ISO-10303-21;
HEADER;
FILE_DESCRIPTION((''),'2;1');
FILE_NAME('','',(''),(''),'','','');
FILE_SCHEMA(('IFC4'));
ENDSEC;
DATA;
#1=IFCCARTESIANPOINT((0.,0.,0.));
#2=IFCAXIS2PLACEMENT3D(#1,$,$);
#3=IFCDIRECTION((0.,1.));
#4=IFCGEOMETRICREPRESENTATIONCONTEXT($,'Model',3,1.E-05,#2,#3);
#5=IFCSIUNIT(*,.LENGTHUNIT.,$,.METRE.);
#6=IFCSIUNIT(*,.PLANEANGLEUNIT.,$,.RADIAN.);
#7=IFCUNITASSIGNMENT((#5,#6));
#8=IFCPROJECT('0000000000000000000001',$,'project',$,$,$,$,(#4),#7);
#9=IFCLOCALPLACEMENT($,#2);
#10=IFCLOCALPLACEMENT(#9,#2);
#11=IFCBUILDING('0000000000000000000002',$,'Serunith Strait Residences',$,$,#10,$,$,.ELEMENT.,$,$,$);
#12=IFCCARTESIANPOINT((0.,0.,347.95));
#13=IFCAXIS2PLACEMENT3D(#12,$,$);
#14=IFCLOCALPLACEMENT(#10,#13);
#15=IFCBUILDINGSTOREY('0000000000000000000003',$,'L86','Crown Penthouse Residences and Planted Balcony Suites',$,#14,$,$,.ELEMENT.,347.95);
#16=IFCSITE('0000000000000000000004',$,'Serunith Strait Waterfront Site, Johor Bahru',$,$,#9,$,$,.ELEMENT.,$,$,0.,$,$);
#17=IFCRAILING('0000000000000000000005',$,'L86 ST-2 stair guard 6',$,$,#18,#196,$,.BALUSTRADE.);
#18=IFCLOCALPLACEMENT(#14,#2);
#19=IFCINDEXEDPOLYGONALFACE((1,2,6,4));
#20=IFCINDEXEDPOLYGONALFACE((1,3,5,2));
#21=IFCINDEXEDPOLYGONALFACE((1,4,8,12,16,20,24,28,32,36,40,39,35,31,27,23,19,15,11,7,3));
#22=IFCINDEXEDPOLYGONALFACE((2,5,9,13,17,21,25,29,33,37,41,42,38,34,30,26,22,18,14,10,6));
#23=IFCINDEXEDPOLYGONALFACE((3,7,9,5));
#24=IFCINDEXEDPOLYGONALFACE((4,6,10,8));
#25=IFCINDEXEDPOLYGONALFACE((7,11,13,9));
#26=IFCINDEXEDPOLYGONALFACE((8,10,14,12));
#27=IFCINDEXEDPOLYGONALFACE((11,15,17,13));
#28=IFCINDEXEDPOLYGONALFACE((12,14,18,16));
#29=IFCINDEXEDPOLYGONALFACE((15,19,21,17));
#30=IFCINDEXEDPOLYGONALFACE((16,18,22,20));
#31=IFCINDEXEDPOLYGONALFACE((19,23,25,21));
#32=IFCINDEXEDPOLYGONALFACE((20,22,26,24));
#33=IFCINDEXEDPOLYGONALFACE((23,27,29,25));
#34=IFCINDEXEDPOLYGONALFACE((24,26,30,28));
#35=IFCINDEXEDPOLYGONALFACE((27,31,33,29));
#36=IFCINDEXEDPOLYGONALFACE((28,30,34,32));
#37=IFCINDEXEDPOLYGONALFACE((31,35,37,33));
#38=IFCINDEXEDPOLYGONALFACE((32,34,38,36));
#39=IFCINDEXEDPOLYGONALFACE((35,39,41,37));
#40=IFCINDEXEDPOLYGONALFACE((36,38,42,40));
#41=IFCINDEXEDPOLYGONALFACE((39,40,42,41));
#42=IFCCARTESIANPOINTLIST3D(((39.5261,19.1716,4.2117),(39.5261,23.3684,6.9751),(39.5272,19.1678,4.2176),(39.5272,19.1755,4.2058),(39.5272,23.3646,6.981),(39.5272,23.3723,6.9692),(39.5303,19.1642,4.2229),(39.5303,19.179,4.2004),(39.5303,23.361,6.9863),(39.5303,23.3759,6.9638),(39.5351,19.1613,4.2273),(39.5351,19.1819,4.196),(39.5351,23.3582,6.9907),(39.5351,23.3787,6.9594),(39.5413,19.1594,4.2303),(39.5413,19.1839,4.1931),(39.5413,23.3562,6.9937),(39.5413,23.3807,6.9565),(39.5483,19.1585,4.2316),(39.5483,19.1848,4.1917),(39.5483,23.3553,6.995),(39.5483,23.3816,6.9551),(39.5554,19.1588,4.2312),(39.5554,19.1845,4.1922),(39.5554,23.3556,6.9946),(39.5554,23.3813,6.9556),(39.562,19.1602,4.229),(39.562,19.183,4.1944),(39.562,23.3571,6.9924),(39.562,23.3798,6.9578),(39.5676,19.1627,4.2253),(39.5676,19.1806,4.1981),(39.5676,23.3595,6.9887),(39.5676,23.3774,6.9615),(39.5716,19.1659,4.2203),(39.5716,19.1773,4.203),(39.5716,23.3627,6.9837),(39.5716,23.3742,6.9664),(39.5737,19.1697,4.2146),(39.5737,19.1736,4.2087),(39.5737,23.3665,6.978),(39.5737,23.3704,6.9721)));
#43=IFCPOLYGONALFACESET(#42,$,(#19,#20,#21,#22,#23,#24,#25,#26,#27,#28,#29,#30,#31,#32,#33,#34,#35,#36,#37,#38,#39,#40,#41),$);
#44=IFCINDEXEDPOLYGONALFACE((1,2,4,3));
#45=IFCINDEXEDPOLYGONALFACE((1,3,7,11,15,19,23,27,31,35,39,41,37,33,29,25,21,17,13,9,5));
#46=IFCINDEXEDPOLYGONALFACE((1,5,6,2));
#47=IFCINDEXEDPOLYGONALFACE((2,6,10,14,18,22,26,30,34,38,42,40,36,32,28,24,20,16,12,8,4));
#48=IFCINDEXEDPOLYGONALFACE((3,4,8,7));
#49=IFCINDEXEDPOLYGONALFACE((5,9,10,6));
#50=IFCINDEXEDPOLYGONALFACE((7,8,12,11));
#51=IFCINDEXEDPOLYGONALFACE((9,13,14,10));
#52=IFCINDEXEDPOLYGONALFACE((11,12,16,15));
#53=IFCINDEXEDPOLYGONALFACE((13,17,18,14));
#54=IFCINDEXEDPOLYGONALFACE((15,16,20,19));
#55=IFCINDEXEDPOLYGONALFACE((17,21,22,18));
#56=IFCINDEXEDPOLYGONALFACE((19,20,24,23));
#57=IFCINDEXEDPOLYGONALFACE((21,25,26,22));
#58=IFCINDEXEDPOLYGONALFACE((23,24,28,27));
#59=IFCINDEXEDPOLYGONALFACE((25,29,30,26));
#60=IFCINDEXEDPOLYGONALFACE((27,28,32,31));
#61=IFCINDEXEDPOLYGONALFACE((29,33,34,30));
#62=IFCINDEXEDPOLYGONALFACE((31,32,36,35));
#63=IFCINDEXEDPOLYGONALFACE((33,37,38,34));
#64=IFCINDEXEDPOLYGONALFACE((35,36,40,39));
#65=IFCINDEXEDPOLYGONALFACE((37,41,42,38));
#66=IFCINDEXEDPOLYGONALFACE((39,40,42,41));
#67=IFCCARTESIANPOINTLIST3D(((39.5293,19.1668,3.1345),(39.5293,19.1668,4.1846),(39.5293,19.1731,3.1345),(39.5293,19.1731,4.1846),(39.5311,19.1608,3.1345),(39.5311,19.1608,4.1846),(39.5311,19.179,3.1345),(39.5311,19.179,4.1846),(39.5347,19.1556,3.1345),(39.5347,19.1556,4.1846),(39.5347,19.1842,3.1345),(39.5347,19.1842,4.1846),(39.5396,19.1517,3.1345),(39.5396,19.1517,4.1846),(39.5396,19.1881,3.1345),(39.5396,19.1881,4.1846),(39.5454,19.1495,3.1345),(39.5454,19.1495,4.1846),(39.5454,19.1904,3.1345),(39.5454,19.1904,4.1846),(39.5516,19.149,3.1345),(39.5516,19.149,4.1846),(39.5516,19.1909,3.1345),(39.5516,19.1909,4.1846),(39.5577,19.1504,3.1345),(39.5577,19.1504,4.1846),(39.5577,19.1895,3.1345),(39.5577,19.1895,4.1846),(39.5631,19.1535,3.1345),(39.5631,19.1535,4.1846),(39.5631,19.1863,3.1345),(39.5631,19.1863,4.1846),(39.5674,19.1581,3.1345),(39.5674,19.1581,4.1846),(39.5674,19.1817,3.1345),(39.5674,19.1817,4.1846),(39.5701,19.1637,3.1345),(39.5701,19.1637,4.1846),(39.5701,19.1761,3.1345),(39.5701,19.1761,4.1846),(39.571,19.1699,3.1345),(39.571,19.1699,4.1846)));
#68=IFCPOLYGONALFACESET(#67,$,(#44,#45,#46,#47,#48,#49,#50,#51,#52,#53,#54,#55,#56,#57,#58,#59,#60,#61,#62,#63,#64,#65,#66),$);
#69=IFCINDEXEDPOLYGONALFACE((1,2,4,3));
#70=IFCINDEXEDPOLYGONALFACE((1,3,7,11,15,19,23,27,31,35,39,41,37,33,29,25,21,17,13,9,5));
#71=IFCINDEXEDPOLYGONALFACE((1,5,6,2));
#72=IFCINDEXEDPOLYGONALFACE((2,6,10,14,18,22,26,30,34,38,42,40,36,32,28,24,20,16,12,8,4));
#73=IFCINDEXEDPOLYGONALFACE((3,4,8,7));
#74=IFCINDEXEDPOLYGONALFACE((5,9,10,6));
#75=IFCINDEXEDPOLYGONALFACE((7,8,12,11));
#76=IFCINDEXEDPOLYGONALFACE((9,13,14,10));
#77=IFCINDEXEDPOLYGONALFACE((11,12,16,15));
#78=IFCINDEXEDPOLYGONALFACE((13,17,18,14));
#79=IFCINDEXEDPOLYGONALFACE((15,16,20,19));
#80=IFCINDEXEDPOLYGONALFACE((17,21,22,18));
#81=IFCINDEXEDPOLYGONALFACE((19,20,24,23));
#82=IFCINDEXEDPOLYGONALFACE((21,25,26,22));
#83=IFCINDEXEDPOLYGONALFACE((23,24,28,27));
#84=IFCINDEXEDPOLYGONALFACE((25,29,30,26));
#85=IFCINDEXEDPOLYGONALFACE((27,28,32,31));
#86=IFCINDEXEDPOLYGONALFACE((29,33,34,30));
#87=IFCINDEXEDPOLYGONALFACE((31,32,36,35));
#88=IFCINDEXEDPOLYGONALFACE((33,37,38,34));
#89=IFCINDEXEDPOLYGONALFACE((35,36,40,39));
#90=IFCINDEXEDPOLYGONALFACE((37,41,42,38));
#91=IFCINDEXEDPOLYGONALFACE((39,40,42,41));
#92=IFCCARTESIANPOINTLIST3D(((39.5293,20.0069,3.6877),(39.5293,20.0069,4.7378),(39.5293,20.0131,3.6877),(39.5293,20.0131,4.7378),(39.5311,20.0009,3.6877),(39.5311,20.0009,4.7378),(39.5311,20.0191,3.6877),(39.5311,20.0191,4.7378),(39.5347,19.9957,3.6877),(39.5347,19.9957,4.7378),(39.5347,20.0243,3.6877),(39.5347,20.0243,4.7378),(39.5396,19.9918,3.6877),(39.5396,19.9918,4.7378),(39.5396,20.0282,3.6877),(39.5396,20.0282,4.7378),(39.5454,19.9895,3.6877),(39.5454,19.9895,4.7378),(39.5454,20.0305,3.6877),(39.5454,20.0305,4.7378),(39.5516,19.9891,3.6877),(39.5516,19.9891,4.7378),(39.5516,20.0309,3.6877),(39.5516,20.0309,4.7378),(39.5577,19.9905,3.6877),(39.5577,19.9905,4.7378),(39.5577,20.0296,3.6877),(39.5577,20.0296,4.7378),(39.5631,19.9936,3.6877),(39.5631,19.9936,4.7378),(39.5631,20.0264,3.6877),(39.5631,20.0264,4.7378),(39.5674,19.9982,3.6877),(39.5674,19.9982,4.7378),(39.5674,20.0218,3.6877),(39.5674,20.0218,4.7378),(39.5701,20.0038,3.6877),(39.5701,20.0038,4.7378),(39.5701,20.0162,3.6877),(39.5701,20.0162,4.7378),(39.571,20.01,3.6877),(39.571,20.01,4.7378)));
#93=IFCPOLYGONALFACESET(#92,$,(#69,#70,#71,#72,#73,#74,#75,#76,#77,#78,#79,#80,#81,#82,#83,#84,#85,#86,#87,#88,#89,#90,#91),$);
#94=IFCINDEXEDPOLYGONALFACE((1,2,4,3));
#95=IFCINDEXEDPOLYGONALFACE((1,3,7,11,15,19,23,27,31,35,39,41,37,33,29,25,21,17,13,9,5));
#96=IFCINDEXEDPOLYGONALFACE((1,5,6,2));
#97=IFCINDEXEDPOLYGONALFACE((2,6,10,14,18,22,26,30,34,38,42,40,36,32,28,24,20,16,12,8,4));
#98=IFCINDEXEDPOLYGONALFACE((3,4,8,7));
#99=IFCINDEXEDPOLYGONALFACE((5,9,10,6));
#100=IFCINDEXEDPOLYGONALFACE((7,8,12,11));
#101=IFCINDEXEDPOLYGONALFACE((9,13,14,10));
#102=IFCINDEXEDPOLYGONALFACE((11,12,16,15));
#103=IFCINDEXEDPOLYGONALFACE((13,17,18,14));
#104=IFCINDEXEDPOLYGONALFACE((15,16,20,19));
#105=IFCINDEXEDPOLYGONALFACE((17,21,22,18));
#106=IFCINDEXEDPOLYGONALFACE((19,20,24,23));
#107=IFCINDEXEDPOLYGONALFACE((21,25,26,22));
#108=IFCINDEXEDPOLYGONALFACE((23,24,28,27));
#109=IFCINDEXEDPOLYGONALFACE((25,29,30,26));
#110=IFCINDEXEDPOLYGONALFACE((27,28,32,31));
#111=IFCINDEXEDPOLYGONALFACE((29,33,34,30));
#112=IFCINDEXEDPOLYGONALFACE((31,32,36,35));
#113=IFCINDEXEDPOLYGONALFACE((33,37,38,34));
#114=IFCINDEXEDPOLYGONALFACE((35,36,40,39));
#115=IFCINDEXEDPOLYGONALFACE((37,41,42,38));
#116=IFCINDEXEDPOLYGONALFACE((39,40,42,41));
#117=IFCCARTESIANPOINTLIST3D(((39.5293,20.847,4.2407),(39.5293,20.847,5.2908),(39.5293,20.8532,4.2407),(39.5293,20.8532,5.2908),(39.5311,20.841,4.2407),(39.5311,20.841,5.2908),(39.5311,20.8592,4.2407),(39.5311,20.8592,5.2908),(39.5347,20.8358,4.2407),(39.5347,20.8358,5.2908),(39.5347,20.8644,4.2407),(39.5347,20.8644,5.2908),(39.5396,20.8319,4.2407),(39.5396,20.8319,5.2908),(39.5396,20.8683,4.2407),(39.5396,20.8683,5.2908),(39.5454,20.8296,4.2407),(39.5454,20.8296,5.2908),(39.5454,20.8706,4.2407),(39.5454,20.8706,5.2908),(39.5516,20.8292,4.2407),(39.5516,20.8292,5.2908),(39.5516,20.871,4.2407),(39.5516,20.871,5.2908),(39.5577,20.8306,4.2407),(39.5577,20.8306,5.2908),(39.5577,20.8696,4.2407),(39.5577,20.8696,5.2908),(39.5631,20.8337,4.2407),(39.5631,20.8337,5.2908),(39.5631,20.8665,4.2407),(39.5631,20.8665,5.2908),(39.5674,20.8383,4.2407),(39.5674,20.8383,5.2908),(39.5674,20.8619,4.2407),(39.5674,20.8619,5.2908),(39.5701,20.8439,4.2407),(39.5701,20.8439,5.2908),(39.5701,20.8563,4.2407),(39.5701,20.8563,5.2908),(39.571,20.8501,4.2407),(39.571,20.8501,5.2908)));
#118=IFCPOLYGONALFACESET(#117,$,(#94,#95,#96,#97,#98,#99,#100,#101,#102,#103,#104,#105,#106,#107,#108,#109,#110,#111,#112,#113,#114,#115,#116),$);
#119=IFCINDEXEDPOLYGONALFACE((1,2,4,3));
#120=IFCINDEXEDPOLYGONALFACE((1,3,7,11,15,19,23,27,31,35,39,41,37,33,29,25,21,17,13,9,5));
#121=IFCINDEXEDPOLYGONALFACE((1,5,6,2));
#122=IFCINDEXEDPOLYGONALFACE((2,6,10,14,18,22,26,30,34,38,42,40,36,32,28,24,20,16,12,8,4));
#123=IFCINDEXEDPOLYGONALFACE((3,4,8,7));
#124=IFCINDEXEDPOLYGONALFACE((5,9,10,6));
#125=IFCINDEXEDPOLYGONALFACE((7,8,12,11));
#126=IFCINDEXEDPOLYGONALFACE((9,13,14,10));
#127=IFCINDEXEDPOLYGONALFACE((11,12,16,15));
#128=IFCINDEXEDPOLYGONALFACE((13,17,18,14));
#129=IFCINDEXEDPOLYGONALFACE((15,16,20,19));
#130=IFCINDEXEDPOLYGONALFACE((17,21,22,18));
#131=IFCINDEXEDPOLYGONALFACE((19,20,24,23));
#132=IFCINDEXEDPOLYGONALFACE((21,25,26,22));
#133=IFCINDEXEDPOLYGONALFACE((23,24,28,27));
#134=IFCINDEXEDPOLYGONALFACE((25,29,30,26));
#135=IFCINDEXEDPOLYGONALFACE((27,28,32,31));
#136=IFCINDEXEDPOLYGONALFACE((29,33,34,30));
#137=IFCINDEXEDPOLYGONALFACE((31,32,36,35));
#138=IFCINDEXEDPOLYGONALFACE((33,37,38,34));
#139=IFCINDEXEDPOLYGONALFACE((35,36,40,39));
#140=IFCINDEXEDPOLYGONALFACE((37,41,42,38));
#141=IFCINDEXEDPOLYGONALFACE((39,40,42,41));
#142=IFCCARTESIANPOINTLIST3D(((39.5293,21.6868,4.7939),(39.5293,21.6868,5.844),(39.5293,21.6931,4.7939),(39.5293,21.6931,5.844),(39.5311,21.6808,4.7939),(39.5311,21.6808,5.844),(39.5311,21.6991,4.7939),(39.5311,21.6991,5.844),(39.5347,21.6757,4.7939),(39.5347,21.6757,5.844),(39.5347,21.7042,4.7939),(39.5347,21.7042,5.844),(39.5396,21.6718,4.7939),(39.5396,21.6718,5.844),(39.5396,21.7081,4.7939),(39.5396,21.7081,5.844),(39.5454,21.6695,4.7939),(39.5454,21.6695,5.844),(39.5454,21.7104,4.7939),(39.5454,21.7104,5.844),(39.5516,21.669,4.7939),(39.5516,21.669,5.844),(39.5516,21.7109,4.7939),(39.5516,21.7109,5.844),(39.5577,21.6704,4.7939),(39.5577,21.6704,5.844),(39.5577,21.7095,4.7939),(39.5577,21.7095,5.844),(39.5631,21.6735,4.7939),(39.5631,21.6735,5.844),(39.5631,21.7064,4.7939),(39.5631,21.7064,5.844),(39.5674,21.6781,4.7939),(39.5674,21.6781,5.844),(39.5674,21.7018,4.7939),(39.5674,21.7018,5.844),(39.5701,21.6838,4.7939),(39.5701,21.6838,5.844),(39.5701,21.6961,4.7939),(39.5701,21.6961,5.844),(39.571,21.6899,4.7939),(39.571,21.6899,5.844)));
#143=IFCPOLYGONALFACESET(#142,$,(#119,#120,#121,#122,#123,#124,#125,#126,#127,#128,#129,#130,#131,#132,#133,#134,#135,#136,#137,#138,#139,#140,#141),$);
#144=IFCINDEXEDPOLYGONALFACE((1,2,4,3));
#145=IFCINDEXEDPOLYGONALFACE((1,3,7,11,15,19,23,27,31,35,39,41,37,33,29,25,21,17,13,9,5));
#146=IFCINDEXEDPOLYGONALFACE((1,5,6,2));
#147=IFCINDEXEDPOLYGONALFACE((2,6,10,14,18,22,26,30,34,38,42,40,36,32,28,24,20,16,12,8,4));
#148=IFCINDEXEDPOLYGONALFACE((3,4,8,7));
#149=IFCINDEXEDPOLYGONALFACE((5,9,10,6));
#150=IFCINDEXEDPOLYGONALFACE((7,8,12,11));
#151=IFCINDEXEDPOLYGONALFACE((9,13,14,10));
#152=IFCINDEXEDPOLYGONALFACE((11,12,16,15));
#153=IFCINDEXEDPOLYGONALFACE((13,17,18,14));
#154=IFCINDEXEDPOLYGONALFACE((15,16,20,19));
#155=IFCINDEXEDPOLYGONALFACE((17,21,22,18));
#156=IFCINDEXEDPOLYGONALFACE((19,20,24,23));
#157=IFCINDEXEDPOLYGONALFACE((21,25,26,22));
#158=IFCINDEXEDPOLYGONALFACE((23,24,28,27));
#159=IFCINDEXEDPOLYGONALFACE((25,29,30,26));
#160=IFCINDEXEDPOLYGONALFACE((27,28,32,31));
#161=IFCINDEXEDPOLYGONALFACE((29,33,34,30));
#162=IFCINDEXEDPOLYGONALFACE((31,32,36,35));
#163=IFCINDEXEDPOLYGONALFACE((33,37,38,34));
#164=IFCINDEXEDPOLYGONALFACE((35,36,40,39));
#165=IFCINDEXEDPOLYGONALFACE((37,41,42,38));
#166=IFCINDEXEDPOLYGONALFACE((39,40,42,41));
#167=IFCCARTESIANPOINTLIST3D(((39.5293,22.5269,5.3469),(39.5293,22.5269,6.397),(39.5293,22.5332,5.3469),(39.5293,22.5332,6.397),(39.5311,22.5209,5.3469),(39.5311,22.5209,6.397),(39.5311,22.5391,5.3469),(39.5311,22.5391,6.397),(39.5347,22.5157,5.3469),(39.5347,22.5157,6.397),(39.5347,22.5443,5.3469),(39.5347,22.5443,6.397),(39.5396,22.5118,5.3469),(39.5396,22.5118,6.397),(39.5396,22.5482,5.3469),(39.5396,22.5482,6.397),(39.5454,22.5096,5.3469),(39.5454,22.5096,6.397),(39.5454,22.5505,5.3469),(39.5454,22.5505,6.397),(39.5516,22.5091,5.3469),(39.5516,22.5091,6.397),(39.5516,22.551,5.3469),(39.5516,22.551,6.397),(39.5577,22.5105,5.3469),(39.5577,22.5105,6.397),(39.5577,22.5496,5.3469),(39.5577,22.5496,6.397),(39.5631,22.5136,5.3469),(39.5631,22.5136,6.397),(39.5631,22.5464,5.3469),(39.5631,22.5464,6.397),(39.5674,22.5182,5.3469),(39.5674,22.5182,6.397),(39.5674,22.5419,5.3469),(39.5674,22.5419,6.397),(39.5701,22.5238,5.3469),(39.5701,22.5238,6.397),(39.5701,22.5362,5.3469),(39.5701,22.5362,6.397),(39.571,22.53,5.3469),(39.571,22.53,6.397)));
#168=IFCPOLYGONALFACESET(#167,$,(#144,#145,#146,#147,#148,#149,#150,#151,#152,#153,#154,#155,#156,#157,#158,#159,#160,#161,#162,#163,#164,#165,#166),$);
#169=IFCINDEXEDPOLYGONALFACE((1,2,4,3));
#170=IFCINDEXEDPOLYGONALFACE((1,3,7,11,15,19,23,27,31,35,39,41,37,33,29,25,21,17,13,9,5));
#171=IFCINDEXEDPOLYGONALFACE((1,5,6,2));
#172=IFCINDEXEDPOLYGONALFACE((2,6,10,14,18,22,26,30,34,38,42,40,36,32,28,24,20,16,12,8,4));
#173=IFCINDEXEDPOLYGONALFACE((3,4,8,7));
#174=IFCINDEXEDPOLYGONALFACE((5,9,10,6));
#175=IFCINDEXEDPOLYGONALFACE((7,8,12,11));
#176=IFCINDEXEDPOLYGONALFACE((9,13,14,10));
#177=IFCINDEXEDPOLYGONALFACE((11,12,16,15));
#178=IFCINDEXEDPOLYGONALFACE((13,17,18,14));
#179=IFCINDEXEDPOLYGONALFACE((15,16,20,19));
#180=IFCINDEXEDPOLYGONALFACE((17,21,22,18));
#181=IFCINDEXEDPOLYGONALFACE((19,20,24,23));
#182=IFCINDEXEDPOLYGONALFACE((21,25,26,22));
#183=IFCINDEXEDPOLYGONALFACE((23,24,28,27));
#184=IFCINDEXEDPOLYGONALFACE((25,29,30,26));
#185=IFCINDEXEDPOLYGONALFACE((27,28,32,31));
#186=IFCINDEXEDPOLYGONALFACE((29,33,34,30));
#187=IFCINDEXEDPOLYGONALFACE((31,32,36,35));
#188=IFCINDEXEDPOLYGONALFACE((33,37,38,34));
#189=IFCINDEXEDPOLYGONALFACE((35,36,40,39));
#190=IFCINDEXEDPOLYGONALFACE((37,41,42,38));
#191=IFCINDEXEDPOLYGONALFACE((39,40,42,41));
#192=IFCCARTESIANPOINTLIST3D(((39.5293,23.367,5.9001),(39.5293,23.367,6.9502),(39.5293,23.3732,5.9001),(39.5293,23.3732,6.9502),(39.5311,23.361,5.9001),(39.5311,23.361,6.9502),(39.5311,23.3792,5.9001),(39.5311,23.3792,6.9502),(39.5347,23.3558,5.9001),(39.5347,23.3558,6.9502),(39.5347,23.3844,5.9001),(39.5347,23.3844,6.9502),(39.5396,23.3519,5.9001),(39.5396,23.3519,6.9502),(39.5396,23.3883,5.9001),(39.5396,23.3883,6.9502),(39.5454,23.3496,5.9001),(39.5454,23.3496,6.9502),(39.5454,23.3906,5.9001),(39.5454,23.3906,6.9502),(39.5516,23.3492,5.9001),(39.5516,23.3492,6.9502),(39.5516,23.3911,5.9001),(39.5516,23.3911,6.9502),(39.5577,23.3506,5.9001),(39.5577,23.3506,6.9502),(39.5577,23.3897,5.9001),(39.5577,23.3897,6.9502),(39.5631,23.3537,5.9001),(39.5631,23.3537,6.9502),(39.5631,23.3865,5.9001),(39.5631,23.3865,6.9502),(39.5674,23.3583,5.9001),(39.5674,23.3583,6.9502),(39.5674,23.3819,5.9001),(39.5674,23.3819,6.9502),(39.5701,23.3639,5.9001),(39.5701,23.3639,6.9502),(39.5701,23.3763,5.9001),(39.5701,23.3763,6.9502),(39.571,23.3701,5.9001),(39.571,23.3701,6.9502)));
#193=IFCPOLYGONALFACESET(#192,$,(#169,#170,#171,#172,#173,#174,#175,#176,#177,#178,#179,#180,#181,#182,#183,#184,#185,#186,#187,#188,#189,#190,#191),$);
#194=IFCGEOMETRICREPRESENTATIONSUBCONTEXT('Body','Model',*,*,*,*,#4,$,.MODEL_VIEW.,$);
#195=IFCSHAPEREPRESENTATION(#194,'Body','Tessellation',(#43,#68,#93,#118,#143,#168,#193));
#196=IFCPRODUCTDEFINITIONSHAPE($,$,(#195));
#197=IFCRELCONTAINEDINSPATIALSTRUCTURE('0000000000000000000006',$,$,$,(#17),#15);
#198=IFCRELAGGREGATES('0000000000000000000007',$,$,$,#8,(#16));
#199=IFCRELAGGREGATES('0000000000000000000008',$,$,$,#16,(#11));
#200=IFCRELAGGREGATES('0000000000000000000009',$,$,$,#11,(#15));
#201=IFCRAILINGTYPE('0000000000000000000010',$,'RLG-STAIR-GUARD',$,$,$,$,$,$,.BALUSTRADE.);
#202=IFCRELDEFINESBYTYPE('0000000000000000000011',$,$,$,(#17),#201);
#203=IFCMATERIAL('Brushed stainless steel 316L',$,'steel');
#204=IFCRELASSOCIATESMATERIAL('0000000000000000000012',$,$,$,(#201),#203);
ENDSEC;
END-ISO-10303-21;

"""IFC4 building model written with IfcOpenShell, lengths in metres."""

from ifc_helpers import new_model, si_unit, direction, frame, origin, origin_2d, place, context, subcontext, project, spatial, circle, extrude, material, type_object, element, save


model = new_model("IFC4")

# Units and contexts
model_context = context("Model", 3, precision=1e-05, world=origin(), true_north=direction((0.0, 1.0)))
body_context = subcontext(model_context, "Body", "Model", "MODEL_VIEW")
ifc_project = project(units=[si_unit("LENGTHUNIT", "METRE"), si_unit("PLANEANGLEUNIT", "RADIAN")], contexts=[model_context])

# Site, building, storey
site_placement = place(None, origin())
site = spatial("IfcSite", under=ifc_project, at=site_placement, Name="Serunith Strait Waterfront Site, Johor Bahru", CompositionType="ELEMENT", RefElevation=0.0)
building_placement = place(site_placement, origin())
building = spatial("IfcBuilding", under=site, at=building_placement, Name="Serunith Strait Residences", CompositionType="ELEMENT")
storey_placement = place(building_placement, frame((0.0, 0.0, 347.95)))
storey = spatial("IfcBuildingStorey", under=building, at=storey_placement, Name="L86", Description="Crown Penthouse Residences and Planted Balcony Suites", CompositionType="ELEMENT", Elevation=347.95)

# Railing
ifc_material_1 = material(Name="Brushed stainless steel 316L", Category="steel")
railing_type_1 = type_object("IfcRailingType", Name="RLG-STAIR-GUARD", PredefinedType="BALUSTRADE", material=ifc_material_1)
railing_1_placement = place(storey_placement, frame((39.55, 19.1699, 3.1345)))
element("IfcRailing", 1, at=railing_1_placement, inside=storey, type_object=railing_type_1, Name="L86 ST-2 stair guard 6", PredefinedType="BALUSTRADE", context=body_context, shape_type="SweptSolid", body=[
    extrude(circle(Radius=0.0239, at=origin_2d()), frame((0.0, 0.0017, 1.0771), z_axis=(0.0, 0.835203, 0.549941), x_axis=(-1.0, 0.0, 0.0)), (0.0, 0.0, 1.0), 5.0249),
    extrude(circle(Radius=0.021, at=origin_2d()), origin(), (0.0, 0.0, 1.0), 1.05),
    extrude(circle(Radius=0.021, at=origin_2d()), frame((0.0, 0.8401, 0.5532)), (0.0, 0.0, 1.0), 1.05),
    extrude(circle(Radius=0.021, at=origin_2d()), frame((0.0, 1.6802, 1.1062)), (0.0, 0.0, 1.0), 1.05),
    extrude(circle(Radius=0.021, at=origin_2d()), frame((0.0, 2.52, 1.6594)), (0.0, 0.0, 1.0), 1.05),
    extrude(circle(Radius=0.021, at=origin_2d()), frame((0.0, 3.3601, 2.2124)), (0.0, 0.0, 1.0), 1.05),
    extrude(circle(Radius=0.021, at=origin_2d()), frame((0.0, 4.2002, 2.7656)), (0.0, 0.0, 1.0), 1.05),
])

save(model, "model.ifc")
